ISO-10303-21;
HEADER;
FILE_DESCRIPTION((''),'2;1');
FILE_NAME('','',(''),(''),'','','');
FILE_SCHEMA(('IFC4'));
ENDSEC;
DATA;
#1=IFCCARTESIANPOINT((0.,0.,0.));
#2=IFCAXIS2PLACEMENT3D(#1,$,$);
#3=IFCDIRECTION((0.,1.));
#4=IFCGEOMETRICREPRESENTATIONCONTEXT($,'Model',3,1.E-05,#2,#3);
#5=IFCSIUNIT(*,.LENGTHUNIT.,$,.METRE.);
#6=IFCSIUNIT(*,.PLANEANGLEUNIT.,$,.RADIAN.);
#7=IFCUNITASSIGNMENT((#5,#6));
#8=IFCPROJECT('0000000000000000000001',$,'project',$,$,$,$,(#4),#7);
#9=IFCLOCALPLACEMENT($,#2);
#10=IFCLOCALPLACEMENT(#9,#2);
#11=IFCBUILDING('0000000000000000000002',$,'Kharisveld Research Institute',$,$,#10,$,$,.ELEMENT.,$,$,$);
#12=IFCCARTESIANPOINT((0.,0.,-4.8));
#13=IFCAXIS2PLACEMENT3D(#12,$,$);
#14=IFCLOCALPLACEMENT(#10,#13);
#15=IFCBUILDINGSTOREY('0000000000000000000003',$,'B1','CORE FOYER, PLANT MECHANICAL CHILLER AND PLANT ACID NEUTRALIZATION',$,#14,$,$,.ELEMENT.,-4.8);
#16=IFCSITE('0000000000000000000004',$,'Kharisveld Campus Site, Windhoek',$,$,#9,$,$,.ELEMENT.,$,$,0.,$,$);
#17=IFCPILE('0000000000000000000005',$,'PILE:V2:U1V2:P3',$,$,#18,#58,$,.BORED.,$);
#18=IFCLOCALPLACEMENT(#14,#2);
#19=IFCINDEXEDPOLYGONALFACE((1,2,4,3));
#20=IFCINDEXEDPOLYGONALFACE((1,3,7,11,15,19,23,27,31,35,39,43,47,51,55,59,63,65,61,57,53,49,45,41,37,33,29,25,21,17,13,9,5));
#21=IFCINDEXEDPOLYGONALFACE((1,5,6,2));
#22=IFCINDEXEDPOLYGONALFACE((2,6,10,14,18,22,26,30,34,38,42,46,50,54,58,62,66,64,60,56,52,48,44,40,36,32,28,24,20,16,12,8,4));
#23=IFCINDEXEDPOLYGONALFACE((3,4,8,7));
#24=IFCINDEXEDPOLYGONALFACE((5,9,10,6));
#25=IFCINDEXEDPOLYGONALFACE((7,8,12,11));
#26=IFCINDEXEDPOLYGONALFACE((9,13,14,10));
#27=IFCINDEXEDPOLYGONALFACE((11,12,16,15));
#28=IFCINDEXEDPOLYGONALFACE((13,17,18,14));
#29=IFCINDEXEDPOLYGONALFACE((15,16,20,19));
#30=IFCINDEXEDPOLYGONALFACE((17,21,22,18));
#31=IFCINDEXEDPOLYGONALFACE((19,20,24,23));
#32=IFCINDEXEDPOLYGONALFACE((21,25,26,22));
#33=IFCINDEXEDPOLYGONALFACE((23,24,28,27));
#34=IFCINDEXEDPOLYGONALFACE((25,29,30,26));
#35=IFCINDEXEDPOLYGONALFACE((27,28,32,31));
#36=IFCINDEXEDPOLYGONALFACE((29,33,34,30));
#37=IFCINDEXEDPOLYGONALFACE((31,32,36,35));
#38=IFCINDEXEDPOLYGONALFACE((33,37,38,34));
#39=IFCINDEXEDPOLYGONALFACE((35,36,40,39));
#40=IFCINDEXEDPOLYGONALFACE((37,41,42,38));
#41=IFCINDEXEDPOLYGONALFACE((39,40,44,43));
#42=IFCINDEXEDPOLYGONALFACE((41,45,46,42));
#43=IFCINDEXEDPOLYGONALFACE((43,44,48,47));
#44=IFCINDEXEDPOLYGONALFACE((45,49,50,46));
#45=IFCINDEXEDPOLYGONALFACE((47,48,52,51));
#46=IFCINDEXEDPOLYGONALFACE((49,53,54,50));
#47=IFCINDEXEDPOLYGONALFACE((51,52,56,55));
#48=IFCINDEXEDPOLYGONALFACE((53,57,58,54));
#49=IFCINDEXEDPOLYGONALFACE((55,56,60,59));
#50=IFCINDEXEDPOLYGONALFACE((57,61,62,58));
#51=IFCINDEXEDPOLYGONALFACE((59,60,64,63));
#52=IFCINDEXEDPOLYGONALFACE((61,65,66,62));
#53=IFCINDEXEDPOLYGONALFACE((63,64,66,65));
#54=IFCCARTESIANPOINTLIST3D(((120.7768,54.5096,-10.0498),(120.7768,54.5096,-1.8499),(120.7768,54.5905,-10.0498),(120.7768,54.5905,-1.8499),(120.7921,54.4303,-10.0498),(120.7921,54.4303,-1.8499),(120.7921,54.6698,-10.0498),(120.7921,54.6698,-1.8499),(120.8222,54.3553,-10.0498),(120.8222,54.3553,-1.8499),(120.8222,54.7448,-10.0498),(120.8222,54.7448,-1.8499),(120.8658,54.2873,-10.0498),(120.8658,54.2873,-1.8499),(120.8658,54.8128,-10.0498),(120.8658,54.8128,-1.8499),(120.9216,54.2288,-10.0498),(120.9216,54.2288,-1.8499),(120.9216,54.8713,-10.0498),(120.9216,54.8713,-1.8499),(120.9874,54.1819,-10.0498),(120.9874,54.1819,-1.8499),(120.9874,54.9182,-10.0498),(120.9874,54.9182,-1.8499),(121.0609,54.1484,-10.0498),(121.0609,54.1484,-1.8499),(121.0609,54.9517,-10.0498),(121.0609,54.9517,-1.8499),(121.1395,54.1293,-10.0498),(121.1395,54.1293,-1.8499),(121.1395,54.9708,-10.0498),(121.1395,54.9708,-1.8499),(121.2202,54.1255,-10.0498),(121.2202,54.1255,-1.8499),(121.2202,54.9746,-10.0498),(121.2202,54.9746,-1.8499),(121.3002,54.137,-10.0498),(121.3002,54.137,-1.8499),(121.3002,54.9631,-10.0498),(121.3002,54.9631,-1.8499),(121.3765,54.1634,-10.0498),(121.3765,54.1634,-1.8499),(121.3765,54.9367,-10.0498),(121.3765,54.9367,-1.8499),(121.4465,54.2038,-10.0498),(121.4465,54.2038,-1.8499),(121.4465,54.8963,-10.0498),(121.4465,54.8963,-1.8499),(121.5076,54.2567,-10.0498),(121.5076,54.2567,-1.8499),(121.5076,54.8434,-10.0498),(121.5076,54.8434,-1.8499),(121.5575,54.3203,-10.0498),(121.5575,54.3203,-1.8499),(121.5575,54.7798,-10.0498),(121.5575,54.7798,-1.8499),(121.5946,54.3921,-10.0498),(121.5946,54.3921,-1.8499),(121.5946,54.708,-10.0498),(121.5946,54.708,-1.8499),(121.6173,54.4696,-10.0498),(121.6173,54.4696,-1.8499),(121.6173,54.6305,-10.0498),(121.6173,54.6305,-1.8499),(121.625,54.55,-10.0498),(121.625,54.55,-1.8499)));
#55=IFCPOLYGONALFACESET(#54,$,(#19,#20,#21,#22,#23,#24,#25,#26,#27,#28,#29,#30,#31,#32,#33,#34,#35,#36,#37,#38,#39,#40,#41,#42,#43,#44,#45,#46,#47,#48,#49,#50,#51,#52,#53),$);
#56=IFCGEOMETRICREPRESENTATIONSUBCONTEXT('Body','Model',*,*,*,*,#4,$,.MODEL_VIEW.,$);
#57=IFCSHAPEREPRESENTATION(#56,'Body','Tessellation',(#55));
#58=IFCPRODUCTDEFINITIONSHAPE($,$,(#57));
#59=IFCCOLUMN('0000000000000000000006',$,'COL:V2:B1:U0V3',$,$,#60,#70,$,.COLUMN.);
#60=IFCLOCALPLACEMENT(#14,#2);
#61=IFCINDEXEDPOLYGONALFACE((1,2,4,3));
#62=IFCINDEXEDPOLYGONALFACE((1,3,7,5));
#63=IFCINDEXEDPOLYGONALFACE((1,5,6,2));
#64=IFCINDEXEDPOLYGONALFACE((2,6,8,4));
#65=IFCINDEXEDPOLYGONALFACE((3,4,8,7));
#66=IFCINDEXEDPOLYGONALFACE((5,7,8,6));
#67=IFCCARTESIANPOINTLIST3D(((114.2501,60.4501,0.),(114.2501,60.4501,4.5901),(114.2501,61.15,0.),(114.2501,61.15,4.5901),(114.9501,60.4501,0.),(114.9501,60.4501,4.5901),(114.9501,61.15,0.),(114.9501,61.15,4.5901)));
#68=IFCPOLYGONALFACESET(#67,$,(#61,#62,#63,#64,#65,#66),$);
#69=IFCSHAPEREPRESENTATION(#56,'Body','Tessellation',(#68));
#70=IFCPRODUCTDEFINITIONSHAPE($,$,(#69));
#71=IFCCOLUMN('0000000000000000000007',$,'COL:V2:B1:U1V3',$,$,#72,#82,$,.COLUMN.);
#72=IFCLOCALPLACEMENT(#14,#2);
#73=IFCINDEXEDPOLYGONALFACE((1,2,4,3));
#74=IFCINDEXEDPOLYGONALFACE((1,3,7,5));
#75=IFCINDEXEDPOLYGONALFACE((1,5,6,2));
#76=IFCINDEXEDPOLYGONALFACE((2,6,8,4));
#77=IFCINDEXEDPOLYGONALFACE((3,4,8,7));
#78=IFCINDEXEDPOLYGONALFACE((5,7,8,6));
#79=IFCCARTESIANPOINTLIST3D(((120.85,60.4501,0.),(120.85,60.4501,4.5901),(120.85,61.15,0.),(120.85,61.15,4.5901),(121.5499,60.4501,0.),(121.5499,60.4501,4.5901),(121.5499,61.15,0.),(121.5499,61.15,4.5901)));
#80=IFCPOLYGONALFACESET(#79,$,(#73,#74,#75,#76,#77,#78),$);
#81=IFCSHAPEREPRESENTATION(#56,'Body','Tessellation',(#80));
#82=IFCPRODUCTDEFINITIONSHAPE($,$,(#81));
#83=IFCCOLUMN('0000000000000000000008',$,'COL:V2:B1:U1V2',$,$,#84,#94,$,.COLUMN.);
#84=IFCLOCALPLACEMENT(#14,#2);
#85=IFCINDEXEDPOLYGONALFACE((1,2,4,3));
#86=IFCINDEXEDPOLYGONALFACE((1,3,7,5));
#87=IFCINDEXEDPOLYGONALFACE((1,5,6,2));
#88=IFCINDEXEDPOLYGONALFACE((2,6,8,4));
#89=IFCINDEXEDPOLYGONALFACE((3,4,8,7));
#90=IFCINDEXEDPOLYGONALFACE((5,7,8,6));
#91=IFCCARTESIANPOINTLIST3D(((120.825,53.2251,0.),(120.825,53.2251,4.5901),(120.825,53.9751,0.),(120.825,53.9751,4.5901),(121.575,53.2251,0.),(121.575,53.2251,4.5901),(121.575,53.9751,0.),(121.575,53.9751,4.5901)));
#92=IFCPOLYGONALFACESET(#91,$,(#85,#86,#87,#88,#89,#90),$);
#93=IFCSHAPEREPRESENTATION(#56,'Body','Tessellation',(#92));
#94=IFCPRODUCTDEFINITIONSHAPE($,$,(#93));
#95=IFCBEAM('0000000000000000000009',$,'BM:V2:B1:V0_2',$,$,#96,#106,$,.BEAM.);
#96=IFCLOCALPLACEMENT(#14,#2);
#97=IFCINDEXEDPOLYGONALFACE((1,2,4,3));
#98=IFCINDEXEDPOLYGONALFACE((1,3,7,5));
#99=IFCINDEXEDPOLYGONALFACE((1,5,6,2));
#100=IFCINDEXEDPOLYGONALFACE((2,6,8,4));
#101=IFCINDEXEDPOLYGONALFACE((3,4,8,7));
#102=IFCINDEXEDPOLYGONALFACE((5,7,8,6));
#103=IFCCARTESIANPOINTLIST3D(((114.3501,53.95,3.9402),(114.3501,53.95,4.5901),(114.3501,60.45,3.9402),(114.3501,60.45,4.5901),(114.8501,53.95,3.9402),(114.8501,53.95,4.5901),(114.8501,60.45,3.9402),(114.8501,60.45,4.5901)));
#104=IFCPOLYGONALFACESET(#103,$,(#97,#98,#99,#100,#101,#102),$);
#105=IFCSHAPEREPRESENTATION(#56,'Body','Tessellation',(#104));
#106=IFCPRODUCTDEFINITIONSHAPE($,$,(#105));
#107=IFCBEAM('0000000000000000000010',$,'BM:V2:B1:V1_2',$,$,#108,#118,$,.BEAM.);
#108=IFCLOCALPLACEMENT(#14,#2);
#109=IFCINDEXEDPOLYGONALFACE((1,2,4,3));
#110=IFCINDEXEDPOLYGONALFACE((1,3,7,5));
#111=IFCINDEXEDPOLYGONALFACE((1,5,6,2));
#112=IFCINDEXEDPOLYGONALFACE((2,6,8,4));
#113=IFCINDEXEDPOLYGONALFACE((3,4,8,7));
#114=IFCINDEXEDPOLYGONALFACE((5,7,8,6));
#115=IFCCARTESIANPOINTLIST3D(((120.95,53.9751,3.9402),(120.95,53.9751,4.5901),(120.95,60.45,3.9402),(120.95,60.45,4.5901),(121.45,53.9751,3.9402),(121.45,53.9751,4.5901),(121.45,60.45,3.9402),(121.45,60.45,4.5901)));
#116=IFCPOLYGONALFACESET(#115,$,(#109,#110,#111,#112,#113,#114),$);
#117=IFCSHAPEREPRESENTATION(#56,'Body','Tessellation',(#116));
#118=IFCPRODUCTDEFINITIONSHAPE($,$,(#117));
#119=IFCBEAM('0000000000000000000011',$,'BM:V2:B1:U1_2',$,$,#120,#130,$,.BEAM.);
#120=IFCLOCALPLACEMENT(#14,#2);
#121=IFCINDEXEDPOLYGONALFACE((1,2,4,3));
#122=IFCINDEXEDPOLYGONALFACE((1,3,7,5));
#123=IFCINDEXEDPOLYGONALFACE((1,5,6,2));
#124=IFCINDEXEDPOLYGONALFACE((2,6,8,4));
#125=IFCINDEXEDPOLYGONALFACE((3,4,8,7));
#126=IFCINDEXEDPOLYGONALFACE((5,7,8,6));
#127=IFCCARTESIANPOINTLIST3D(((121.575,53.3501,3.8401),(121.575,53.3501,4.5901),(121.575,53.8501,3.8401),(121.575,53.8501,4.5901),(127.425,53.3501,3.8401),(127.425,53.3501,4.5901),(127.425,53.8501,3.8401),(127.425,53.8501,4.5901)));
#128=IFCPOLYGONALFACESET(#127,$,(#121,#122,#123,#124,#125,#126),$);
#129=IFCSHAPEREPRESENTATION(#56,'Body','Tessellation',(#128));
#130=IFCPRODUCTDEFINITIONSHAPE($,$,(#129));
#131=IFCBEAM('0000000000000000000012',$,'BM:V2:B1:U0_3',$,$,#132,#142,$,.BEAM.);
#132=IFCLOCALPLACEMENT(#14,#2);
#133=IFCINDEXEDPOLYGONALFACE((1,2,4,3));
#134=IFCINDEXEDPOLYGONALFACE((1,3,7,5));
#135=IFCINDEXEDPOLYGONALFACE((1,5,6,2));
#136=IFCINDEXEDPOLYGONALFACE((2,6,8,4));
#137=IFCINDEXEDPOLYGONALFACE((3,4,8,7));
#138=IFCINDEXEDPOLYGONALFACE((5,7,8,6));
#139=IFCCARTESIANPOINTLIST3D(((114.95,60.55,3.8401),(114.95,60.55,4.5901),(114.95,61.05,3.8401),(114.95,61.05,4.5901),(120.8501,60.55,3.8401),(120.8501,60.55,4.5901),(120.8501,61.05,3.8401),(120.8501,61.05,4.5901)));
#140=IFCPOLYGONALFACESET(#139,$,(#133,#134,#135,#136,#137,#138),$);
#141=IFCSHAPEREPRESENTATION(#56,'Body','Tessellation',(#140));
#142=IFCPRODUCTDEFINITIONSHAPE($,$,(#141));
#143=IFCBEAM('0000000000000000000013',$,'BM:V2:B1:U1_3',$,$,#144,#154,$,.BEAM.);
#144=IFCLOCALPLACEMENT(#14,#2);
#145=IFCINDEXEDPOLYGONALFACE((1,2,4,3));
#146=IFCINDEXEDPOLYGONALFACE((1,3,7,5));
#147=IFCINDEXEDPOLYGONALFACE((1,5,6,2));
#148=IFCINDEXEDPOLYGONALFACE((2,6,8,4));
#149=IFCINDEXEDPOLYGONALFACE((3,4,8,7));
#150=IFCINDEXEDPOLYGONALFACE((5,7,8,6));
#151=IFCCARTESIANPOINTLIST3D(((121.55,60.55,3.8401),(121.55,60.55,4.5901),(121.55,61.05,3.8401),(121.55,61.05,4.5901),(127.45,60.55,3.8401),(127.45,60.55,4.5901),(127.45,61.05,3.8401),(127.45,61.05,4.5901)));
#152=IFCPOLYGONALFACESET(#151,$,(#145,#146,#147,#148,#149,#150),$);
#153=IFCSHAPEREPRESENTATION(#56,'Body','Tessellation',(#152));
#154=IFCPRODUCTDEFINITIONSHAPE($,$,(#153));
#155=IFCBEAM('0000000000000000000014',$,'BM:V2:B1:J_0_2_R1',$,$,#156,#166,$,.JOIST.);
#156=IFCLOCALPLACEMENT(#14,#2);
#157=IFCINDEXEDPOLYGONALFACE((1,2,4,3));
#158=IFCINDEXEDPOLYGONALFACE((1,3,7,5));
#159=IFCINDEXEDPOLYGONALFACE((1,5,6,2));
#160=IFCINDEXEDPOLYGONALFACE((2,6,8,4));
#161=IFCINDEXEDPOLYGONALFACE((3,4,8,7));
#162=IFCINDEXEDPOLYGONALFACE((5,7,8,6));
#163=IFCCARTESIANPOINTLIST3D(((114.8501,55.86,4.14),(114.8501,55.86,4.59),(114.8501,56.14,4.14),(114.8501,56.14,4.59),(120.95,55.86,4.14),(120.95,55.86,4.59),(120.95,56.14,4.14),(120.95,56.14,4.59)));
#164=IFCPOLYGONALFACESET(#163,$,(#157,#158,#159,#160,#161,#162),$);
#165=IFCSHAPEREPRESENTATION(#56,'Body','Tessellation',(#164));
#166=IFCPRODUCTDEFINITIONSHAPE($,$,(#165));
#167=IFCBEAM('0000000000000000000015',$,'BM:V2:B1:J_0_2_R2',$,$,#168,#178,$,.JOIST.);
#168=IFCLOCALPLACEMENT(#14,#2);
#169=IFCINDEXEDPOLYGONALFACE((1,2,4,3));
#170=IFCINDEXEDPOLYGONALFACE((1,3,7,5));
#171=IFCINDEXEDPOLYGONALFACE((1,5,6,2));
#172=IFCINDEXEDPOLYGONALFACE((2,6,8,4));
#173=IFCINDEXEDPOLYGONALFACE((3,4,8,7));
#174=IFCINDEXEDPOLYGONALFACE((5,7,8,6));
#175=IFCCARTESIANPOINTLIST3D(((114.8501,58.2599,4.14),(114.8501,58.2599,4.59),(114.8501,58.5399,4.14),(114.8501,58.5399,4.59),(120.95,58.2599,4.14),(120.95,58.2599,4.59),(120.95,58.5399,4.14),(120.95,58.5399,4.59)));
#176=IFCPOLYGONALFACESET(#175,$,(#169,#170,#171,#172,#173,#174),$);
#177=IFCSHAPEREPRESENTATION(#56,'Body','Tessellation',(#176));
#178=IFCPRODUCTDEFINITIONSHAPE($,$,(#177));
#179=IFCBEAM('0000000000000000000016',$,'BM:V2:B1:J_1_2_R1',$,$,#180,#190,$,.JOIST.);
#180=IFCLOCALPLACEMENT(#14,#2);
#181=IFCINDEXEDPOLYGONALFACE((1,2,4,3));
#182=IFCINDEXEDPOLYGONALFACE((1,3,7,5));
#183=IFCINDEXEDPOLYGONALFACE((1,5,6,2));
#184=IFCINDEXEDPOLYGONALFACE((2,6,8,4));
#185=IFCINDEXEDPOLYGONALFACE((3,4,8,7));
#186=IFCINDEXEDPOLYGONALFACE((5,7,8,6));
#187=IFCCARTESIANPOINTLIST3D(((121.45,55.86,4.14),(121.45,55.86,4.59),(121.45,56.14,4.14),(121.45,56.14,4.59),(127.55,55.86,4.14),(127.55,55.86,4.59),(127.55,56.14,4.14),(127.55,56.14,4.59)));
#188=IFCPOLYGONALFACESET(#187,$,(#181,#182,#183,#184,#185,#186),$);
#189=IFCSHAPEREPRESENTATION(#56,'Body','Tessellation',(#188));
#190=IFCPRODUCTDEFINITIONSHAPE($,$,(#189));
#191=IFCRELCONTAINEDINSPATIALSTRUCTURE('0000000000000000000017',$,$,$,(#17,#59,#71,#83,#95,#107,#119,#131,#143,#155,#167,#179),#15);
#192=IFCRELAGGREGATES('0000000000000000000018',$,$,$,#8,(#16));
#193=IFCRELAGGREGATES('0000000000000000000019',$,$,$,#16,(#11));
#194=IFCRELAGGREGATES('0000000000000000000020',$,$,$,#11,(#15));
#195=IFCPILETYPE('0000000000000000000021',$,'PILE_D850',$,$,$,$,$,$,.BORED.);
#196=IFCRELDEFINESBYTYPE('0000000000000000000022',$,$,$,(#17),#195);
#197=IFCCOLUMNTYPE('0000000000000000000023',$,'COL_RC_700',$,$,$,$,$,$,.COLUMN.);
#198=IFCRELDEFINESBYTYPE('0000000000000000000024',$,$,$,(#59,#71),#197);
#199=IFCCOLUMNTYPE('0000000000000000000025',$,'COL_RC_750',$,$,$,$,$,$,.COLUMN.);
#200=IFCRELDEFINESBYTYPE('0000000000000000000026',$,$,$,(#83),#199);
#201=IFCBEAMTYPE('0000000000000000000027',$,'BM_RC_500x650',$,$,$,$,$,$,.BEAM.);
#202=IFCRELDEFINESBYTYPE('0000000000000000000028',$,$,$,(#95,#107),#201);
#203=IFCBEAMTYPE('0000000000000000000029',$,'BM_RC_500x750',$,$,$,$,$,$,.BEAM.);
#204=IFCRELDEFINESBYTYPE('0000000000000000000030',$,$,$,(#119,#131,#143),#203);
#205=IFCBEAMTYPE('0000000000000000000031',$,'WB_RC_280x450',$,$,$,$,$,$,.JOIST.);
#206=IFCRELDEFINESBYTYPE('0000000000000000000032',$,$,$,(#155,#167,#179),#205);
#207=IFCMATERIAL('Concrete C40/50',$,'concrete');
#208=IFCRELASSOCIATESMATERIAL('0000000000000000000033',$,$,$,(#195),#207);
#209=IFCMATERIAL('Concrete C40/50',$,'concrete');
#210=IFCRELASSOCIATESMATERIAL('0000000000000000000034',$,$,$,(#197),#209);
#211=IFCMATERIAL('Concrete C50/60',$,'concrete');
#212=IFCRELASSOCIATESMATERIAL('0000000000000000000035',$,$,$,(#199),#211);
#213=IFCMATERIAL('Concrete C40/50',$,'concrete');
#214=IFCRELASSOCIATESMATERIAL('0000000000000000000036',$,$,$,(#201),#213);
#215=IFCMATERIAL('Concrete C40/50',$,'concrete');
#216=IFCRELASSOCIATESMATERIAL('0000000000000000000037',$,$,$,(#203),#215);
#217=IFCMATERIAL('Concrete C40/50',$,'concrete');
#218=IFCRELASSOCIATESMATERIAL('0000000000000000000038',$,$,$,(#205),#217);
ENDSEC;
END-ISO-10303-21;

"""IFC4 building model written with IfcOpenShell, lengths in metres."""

from ifc_helpers import new_model, si_unit, direction, frame, origin, origin_2d, place, context, subcontext, project, spatial, rectangle, circle, extrude, material, material_profile, profile_set, type_object, element, save


model = new_model("IFC4")

# Units and contexts
model_context = context("Model", 3, precision=1e-05, world=origin(), true_north=direction((0.0, 1.0)))
body_context = subcontext(model_context, "Body", "Model", "MODEL_VIEW")
ifc_project = project(units=[si_unit("LENGTHUNIT", "METRE"), si_unit("PLANEANGLEUNIT", "RADIAN")], contexts=[model_context])

# Site, building, storey
site_placement = place(None, origin())
site = spatial("IfcSite", under=ifc_project, at=site_placement, Name="Kharisveld Campus Site, Windhoek", CompositionType="ELEMENT", RefElevation=0.0)
building_placement = place(site_placement, origin())
building = spatial("IfcBuilding", under=site, at=building_placement, Name="Kharisveld Research Institute", CompositionType="ELEMENT")
storey_placement = place(building_placement, frame((0.0, 0.0, -4.8)))
storey = spatial("IfcBuildingStorey", under=building, at=storey_placement, Name="B1", Description="CORE FOYER, PLANT MECHANICAL CHILLER AND PLANT ACID NEUTRALIZATION", CompositionType="ELEMENT", Elevation=-4.8)

# Pile
ifc_material_1 = material(Name="Concrete C40/50", Category="concrete")
ifc_material_profile_1 = material_profile(ifc_material_1, circle(Radius=0.425, at=origin_2d()))
ifc_profile_set_1 = profile_set([ifc_material_profile_1], Name="Concrete C40/50")
pile_type_1 = type_object("IfcPileType", Name="PILE_D850", PredefinedType="BORED", material=ifc_profile_set_1)
pile_placement = place(storey_placement, frame((121.2, 54.55, -1.8499), z_axis=(0.0, 0.0, -1.0), x_axis=(1.0, 0.0, 0.0)))
element("IfcPile", 1, at=pile_placement, inside=storey, type_object=pile_type_1, Name="PILE:V2:U1V2:P3", PredefinedType="BORED", context=body_context, shape_type="SweptSolid", body=[
    extrude(circle(Radius=0.425, at=origin_2d()), origin(), (0.0, 0.0, 1.0), 8.2),
])

# Columns
ifc_material_2 = material(Name="Concrete C40/50", Category="concrete")
ifc_material_profile_2 = material_profile(ifc_material_2, rectangle(XDim=0.7, YDim=0.7, at=origin_2d()))
ifc_profile_set_2 = profile_set([ifc_material_profile_2], Name="Concrete C40/50")
column_type_1 = type_object("IfcColumnType", Name="COL_RC_700", PredefinedType="COLUMN", material=ifc_profile_set_2)
for number, where, z_axis, x_axis, name in (
    (2, (114.6001, 60.8, 0.0), (0.0, 0.0, 1.0), (1.0, 0.0, 0.0), "COL:V2:B1:U0V3"),
    (3, (121.2, 60.8, 0.0), (0.0, 0.0, 1.0), (1.0, 0.0, 0.0), "COL:V2:B1:U1V3"),
):
    element("IfcColumn", number, at=place(storey_placement, frame(where, z_axis=z_axis, x_axis=x_axis)), inside=storey, type_object=column_type_1, Name=name, PredefinedType="COLUMN", context=body_context, shape_type="SweptSolid", body=[
        extrude(rectangle(XDim=0.7, YDim=0.7, at=origin_2d()), origin(), (0.0, 0.0, 1.0), 4.5901),
    ])
ifc_material_3 = material(Name="Concrete C50/60", Category="concrete")
ifc_material_profile_3 = material_profile(ifc_material_3, rectangle(XDim=0.75, YDim=0.75, at=origin_2d()))
ifc_profile_set_3 = profile_set([ifc_material_profile_3], Name="Concrete C50/60")
column_type_2 = type_object("IfcColumnType", Name="COL_RC_750", PredefinedType="COLUMN", material=ifc_profile_set_3)
column_placement = place(storey_placement, frame((121.2, 53.6001, 0.0), z_axis=(0.0, 0.0, 1.0), x_axis=(1.0, 0.0, 0.0)))
element("IfcColumn", 4, at=column_placement, inside=storey, type_object=column_type_2, Name="COL:V2:B1:U1V2", PredefinedType="COLUMN", context=body_context, shape_type="SweptSolid", body=[
    extrude(rectangle(XDim=0.75, YDim=0.75, at=origin_2d()), origin(), (0.0, 0.0, 1.0), 4.5901),
])

# Beams
ifc_material_4 = material(Name="Concrete C40/50", Category="concrete")
ifc_material_profile_4 = material_profile(ifc_material_4, rectangle(XDim=0.5, YDim=0.6499, at=origin_2d()))
ifc_profile_set_4 = profile_set([ifc_material_profile_4], Name="Concrete C40/50")
beam_type_1 = type_object("IfcBeamType", Name="BM_RC_500x650", PredefinedType="BEAM", material=ifc_profile_set_4)
beam_1_placement = place(storey_placement, frame((114.6001, 53.95, 4.2651), z_axis=(0.0, 1.0, 0.0), x_axis=(-1.0, 0.0, 0.0)))
element("IfcBeam", 5, at=beam_1_placement, inside=storey, type_object=beam_type_1, Name="BM:V2:B1:V0_2", PredefinedType="BEAM", context=body_context, shape_type="SweptSolid", body=[
    extrude(rectangle(XDim=0.5, YDim=0.6499, at=origin_2d()), origin(), (0.0, 0.0, 1.0), 6.5),
])
beam_2_placement = place(storey_placement, frame((121.2, 53.9751, 4.2651), z_axis=(0.0, 1.0, 0.0), x_axis=(-1.0, 0.0, 0.0)))
element("IfcBeam", 6, at=beam_2_placement, inside=storey, type_object=beam_type_1, Name="BM:V2:B1:V1_2", PredefinedType="BEAM", context=body_context, shape_type="SweptSolid", body=[
    extrude(rectangle(XDim=0.5, YDim=0.6499, at=origin_2d()), origin(), (0.0, 0.0, 1.0), 6.4749),
])
ifc_material_5 = material(Name="Concrete C40/50", Category="concrete")
ifc_material_profile_5 = material_profile(ifc_material_5, rectangle(XDim=0.5, YDim=0.75, at=origin_2d()))
ifc_profile_set_5 = profile_set([ifc_material_profile_5], Name="Concrete C40/50")
beam_type_2 = type_object("IfcBeamType", Name="BM_RC_500x750", PredefinedType="BEAM", material=ifc_profile_set_5)
beam_3_placement = place(storey_placement, frame((121.575, 53.6001, 4.2151), z_axis=(1.0, 0.0, 0.0), x_axis=(0.0, 1.0, 0.0)))
element("IfcBeam", 7, at=beam_3_placement, inside=storey, type_object=beam_type_2, Name="BM:V2:B1:U1_2", PredefinedType="BEAM", context=body_context, shape_type="SweptSolid", body=[
    extrude(rectangle(XDim=0.5, YDim=0.75, at=origin_2d()), origin(), (0.0, 0.0, 1.0), 5.8501),
])
beam_4_placement = place(storey_placement, frame((114.95, 60.8, 4.2151), z_axis=(1.0, 0.0, 0.0), x_axis=(0.0, 1.0, 0.0)))
element("IfcBeam", 8, at=beam_4_placement, inside=storey, type_object=beam_type_2, Name="BM:V2:B1:U0_3", PredefinedType="BEAM", context=body_context, shape_type="SweptSolid", body=[
    extrude(rectangle(XDim=0.5, YDim=0.75, at=origin_2d()), origin(), (0.0, 0.0, 1.0), 5.9001),
])
beam_5_placement = place(storey_placement, frame((121.55, 60.8, 4.2151), z_axis=(1.0, 0.0, 0.0), x_axis=(0.0, 1.0, 0.0)))
element("IfcBeam", 9, at=beam_5_placement, inside=storey, type_object=beam_type_2, Name="BM:V2:B1:U1_3", PredefinedType="BEAM", context=body_context, shape_type="SweptSolid", body=[
    extrude(rectangle(XDim=0.5, YDim=0.75, at=origin_2d()), origin(), (0.0, 0.0, 1.0), 5.8999),
])
ifc_material_6 = material(Name="Concrete C40/50", Category="concrete")
ifc_material_profile_6 = material_profile(ifc_material_6, rectangle(XDim=0.28, YDim=0.45, at=origin_2d()))
ifc_profile_set_6 = profile_set([ifc_material_profile_6], Name="Concrete C40/50")
beam_type_3 = type_object("IfcBeamType", Name="WB_RC_280x450", PredefinedType="JOIST", material=ifc_profile_set_6)
for number, where, z_axis, x_axis, name in (
    (10, (114.8501, 56.0, 4.365), (1.0, 0.0, 0.0), (0.0, 1.0, 0.0), "BM:V2:B1:J_0_2_R1"),
    (11, (114.8501, 58.3999, 4.365), (1.0, 0.0, 0.0), (0.0, 1.0, 0.0), "BM:V2:B1:J_0_2_R2"),
):
    element("IfcBeam", number, at=place(storey_placement, frame(where, z_axis=z_axis, x_axis=x_axis)), inside=storey, type_object=beam_type_3, Name=name, PredefinedType="JOIST", context=body_context, shape_type="SweptSolid", body=[
        extrude(rectangle(XDim=0.28, YDim=0.45, at=origin_2d()), origin(), (0.0, 0.0, 1.0), 6.0999),
    ])
for number, where, z_axis, x_axis, name in (
    (12, (121.45, 56.0, 4.365), (1.0, 0.0, 0.0), (0.0, 1.0, 0.0), "BM:V2:B1:J_1_2_R1"),
):
    element("IfcBeam", number, at=place(storey_placement, frame(where, z_axis=z_axis, x_axis=x_axis)), inside=storey, type_object=beam_type_3, Name=name, PredefinedType="JOIST", context=body_context, shape_type="SweptSolid", body=[
        extrude(rectangle(XDim=0.28, YDim=0.45, at=origin_2d()), origin(), (0.0, 0.0, 1.0), 6.1001),
    ])

save(model, "model.ifc")
